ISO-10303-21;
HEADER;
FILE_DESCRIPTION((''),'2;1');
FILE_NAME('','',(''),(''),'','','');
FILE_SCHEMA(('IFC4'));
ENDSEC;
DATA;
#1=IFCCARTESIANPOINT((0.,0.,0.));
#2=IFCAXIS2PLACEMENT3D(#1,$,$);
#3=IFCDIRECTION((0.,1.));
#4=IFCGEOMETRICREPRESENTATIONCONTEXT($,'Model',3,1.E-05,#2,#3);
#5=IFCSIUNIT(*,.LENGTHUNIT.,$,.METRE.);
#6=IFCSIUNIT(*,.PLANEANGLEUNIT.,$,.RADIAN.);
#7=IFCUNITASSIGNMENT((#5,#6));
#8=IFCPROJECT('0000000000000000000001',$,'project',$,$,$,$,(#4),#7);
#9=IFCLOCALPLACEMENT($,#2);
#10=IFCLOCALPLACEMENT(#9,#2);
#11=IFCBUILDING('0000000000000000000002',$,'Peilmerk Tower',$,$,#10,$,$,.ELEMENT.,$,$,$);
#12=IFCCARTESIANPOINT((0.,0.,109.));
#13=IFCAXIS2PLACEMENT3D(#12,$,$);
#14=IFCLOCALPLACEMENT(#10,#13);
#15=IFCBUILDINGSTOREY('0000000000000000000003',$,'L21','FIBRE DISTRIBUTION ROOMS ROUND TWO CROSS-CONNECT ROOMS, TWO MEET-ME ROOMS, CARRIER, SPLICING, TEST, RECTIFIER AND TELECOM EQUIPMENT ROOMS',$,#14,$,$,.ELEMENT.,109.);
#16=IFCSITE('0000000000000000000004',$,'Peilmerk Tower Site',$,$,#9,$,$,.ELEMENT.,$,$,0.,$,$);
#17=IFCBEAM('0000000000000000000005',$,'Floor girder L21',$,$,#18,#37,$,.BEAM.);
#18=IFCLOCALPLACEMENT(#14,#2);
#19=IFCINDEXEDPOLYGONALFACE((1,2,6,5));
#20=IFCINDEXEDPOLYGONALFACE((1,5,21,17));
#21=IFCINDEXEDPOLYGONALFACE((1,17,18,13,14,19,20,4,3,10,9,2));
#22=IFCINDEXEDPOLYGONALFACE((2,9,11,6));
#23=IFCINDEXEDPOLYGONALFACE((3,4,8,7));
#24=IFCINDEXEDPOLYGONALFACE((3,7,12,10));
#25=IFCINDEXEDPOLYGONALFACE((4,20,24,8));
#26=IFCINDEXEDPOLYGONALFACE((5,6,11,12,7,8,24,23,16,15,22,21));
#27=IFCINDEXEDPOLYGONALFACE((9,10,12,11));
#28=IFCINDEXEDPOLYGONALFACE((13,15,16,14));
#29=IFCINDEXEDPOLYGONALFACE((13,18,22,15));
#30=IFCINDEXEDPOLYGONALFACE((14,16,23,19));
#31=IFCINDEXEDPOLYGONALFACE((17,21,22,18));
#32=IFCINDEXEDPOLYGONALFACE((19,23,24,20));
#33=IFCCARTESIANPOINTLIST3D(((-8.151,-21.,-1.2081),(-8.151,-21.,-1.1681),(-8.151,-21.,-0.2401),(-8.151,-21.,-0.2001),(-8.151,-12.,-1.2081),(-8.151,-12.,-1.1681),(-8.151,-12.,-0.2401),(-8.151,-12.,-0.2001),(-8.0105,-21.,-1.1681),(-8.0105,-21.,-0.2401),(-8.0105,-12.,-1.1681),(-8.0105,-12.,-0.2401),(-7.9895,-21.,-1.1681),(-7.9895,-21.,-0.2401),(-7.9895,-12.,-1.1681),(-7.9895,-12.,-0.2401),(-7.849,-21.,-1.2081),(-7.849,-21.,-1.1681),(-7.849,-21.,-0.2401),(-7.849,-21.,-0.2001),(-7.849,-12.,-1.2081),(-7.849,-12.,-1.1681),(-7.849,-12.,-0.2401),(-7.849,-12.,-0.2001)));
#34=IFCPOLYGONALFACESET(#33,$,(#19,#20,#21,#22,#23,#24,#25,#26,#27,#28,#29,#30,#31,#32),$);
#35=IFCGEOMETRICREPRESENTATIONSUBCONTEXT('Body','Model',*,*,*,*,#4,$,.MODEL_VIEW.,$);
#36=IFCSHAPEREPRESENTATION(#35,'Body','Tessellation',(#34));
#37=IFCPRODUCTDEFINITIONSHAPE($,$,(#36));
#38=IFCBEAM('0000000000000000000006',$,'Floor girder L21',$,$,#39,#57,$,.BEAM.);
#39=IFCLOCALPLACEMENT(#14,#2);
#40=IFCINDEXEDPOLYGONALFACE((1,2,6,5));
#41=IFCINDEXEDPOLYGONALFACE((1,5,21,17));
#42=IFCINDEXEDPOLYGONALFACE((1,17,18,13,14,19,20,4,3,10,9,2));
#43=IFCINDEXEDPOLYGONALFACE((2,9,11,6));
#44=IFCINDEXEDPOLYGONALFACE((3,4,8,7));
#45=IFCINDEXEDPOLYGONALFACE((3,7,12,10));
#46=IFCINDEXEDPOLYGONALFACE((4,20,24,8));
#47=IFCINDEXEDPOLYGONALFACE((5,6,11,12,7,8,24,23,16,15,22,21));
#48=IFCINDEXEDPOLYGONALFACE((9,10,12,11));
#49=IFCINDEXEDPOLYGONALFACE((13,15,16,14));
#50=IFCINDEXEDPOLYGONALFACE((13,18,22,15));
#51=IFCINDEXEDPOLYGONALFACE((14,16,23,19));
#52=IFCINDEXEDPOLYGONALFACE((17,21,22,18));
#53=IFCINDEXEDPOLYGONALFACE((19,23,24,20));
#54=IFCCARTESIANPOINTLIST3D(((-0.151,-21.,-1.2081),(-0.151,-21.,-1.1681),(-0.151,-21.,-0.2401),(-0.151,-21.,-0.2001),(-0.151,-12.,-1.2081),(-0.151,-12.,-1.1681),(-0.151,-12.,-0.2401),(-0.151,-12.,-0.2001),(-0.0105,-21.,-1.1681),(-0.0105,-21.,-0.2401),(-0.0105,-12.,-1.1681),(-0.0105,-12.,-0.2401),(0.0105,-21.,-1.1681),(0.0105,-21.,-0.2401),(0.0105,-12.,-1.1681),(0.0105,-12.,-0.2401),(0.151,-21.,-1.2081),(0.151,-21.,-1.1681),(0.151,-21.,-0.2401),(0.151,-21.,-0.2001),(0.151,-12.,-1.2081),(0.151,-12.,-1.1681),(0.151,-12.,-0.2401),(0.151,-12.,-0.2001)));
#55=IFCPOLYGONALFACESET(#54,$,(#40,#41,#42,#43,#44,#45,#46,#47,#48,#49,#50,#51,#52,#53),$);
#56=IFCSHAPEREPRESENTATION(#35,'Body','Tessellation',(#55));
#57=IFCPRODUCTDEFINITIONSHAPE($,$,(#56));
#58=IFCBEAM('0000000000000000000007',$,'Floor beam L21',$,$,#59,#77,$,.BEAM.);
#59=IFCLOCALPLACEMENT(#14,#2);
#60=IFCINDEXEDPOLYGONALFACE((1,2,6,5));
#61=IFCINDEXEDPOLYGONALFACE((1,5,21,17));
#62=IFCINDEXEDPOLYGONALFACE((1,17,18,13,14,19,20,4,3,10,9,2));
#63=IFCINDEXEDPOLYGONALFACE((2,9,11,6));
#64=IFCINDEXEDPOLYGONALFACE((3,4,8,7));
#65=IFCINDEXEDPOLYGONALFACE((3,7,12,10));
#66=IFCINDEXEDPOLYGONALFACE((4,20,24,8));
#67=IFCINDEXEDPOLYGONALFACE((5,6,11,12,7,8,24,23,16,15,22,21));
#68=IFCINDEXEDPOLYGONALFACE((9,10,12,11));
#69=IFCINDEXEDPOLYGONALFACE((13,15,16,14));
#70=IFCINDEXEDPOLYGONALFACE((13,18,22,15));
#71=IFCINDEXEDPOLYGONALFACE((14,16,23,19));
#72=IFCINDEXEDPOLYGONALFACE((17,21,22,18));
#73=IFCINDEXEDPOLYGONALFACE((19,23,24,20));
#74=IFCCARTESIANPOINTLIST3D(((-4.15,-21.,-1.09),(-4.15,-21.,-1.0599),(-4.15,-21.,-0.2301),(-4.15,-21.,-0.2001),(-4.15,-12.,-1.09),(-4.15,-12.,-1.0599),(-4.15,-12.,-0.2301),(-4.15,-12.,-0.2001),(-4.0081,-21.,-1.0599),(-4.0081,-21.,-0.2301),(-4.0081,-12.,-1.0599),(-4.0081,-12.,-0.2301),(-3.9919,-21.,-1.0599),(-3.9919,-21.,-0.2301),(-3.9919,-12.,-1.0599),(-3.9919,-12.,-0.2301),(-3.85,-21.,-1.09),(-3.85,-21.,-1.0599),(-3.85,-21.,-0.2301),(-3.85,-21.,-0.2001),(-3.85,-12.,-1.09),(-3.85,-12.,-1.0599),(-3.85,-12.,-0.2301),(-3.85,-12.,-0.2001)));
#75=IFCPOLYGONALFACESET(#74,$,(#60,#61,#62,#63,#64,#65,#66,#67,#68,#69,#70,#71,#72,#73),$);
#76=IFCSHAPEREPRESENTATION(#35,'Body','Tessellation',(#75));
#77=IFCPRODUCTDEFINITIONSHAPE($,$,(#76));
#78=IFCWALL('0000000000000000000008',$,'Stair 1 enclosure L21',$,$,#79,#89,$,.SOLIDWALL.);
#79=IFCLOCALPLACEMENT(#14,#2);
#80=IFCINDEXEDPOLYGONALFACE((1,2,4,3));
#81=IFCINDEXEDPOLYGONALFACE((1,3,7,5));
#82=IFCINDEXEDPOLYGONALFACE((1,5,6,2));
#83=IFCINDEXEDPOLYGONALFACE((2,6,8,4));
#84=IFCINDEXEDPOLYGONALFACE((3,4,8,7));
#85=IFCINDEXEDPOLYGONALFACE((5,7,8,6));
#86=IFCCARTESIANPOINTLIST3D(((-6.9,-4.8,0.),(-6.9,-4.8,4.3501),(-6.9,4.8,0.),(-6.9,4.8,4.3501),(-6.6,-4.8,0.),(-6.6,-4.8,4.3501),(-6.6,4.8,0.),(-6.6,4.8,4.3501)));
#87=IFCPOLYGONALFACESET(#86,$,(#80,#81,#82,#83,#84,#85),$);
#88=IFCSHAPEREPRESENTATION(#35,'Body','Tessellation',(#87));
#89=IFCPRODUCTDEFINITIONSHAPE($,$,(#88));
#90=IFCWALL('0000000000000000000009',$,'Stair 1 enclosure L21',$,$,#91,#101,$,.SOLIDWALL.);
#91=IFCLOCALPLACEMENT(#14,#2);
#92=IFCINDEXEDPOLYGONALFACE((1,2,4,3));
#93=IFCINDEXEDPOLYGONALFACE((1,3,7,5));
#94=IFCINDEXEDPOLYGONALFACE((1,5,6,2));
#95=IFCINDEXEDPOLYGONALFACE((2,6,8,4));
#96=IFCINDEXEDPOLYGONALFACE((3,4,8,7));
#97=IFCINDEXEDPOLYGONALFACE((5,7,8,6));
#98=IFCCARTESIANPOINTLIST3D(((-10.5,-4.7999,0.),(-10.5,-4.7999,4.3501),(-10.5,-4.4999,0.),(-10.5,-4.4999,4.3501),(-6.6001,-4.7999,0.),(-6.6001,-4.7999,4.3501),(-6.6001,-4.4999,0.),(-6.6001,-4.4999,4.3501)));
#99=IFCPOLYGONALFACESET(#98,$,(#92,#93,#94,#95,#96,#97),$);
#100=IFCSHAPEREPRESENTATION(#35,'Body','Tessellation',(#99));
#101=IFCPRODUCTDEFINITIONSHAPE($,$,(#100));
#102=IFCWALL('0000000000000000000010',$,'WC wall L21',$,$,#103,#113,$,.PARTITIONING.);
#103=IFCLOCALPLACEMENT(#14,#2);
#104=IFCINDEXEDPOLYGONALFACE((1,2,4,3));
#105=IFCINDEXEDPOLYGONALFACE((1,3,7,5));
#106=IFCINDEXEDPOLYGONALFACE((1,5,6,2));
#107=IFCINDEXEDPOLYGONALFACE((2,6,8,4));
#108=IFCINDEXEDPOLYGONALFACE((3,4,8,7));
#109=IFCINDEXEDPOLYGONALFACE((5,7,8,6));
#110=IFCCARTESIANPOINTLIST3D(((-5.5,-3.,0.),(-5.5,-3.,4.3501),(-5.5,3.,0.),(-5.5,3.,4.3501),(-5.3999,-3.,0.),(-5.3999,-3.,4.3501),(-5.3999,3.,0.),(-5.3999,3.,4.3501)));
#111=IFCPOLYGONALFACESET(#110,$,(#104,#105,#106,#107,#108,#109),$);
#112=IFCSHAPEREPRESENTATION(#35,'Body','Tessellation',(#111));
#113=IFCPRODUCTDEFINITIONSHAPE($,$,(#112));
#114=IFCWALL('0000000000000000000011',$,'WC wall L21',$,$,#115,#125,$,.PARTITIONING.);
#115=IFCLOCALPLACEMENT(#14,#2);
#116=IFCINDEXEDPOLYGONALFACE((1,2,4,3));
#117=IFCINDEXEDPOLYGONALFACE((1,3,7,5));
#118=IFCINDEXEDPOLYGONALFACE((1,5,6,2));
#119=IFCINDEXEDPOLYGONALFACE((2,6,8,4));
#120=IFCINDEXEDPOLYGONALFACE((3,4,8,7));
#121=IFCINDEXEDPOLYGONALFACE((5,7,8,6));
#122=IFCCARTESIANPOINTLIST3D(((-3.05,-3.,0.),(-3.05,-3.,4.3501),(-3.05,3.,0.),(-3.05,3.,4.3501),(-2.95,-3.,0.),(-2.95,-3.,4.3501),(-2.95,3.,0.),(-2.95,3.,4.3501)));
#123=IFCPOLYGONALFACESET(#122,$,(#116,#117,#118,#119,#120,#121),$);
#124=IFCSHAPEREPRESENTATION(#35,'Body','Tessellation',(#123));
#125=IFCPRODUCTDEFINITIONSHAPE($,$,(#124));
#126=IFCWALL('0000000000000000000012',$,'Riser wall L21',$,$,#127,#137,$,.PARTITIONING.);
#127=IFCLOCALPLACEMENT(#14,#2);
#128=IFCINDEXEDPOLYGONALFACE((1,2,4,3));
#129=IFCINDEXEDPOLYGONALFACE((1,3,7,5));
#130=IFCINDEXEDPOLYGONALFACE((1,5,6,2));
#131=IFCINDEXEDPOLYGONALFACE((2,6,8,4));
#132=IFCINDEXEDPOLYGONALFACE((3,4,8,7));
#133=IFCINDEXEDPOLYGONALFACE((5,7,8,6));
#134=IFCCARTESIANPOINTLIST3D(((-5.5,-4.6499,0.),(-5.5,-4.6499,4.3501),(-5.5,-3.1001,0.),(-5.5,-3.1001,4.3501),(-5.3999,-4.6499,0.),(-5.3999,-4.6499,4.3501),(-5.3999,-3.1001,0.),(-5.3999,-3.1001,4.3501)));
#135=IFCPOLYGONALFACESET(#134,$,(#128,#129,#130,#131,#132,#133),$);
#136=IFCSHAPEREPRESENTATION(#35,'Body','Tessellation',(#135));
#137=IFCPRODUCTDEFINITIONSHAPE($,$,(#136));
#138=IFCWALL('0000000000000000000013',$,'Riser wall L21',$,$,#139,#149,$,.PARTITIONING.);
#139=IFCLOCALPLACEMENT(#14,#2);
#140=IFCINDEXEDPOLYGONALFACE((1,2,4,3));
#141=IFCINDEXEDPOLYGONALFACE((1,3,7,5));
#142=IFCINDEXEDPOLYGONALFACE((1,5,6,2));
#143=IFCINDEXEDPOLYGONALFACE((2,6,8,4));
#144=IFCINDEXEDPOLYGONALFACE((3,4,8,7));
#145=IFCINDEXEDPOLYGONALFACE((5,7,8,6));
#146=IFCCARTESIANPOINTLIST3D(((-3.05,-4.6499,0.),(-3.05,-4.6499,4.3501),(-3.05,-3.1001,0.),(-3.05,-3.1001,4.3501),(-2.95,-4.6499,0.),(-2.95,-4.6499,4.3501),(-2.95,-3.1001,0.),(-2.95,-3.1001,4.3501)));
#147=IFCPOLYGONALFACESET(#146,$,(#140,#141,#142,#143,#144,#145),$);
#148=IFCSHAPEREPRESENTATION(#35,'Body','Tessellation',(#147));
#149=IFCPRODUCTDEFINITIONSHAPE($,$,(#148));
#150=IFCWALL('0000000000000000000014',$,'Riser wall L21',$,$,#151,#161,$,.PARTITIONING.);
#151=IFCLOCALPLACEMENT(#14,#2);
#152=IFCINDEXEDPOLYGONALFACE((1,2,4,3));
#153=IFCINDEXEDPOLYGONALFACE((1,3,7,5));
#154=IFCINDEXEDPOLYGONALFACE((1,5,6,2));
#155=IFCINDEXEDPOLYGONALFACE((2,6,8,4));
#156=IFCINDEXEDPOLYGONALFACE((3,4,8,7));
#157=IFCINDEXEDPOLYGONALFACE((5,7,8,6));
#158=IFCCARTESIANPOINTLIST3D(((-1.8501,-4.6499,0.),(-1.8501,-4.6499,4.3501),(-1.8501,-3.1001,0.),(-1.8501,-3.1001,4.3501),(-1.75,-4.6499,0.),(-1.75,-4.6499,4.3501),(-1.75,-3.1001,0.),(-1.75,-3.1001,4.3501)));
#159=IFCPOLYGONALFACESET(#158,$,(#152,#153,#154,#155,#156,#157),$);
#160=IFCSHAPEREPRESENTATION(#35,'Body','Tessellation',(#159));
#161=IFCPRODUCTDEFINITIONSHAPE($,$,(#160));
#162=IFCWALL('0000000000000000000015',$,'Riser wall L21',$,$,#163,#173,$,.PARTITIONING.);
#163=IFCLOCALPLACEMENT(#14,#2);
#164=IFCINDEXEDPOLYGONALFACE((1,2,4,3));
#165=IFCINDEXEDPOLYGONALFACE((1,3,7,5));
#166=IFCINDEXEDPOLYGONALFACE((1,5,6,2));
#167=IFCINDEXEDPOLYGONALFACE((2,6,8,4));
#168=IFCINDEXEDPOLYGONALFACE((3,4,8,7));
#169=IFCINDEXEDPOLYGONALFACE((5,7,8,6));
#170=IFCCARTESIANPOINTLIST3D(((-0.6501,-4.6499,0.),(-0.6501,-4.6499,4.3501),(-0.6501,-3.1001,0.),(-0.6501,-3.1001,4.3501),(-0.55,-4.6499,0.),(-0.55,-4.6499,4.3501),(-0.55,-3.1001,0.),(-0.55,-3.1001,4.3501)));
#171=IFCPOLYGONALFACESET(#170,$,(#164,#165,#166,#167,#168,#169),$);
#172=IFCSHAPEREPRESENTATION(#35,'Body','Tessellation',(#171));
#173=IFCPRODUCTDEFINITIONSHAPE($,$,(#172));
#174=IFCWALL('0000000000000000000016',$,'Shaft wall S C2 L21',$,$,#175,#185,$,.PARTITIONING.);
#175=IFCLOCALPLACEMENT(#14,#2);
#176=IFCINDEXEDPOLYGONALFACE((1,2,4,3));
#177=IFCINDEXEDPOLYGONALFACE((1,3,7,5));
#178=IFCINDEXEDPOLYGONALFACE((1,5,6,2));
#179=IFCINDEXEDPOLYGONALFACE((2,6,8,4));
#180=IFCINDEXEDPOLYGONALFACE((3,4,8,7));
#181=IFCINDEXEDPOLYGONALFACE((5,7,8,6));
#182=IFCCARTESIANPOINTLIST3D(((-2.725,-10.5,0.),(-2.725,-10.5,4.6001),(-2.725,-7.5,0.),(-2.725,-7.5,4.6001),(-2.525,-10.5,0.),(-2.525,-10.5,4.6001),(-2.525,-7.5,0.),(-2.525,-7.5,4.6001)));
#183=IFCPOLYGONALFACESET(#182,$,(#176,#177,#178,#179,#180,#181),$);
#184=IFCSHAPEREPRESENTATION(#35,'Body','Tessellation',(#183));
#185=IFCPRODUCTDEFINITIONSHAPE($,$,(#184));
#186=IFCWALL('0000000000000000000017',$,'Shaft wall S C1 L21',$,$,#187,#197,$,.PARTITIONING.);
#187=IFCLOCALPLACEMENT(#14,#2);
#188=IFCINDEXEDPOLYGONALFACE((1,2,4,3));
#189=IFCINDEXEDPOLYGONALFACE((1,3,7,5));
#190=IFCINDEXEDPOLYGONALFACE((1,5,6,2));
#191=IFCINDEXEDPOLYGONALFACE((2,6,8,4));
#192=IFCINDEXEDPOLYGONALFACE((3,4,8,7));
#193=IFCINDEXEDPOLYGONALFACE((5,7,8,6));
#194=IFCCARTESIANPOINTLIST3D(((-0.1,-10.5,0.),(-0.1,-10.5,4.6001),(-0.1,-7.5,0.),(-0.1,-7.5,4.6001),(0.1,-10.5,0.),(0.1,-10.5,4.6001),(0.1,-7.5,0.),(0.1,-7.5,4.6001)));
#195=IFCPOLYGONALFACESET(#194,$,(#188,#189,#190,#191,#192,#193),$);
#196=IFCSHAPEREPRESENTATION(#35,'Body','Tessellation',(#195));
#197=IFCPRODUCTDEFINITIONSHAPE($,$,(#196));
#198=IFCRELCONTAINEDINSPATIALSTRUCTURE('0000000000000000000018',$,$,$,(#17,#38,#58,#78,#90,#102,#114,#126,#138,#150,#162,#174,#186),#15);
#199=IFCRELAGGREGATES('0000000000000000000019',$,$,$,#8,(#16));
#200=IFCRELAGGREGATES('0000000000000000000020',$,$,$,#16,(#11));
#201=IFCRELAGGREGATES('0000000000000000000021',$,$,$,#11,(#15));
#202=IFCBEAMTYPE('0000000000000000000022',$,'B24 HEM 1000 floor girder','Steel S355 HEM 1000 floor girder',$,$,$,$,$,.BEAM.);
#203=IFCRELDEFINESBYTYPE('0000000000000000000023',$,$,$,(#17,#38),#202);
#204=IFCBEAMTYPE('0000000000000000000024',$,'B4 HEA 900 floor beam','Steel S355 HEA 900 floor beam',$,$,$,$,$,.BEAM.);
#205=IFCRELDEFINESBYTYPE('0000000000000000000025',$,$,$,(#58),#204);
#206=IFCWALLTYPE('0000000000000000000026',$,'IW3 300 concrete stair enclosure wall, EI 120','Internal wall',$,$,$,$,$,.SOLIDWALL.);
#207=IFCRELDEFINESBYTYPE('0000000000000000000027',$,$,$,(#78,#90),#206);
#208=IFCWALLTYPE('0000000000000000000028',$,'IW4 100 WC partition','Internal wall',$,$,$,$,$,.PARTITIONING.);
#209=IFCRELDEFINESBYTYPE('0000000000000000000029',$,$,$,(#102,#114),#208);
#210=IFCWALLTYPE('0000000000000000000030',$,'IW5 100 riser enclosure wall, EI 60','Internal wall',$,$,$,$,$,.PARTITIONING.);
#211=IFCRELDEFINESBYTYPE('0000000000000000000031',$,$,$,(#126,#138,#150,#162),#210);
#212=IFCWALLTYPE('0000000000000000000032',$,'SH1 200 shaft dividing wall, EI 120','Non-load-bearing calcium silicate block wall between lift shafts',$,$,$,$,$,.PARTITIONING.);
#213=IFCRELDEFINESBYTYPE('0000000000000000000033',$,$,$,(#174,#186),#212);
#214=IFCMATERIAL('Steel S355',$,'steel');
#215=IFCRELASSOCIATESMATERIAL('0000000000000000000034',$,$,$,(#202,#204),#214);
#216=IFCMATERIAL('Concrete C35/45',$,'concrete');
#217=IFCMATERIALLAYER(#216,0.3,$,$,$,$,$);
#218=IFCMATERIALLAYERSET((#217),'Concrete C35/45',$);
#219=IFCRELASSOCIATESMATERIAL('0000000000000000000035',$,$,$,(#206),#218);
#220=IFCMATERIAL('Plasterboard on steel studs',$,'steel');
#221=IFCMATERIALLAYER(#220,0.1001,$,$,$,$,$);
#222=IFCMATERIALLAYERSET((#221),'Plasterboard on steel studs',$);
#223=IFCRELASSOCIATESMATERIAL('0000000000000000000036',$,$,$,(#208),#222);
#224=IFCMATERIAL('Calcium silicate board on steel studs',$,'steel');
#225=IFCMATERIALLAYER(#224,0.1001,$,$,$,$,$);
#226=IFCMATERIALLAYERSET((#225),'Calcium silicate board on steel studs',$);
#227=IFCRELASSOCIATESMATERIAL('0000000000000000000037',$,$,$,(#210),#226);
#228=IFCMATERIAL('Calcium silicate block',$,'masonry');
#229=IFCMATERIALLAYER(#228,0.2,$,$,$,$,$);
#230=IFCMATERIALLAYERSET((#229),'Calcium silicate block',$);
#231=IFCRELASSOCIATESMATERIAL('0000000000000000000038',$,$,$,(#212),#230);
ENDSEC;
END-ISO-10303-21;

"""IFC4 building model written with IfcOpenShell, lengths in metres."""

from ifc_helpers import new_model, si_unit, direction, frame, frame_2d, origin, origin_2d, place, context, subcontext, project, spatial, rectangle, i_section, extrude, material, layer, layer_set, material_profile, profile_set, type_object, element, save


model = new_model("IFC4")

# Units and contexts
model_context = context("Model", 3, precision=1e-05, world=origin(), true_north=direction((0.0, 1.0)))
body_context = subcontext(model_context, "Body", "Model", "MODEL_VIEW")
ifc_project = project(units=[si_unit("LENGTHUNIT", "METRE"), si_unit("PLANEANGLEUNIT", "RADIAN")], contexts=[model_context])

# Site, building, storey
site_placement = place(None, origin())
site = spatial("IfcSite", under=ifc_project, at=site_placement, Name="Peilmerk Tower Site", CompositionType="ELEMENT", RefElevation=0.0)
building_placement = place(site_placement, origin())
building = spatial("IfcBuilding", under=site, at=building_placement, Name="Peilmerk Tower", CompositionType="ELEMENT")
storey_placement = place(building_placement, frame((0.0, 0.0, 109.0)))
storey = spatial("IfcBuildingStorey", under=building, at=storey_placement, Name="L21", Description="FIBRE DISTRIBUTION ROOMS ROUND TWO CROSS-CONNECT ROOMS, TWO MEET-ME ROOMS, CARRIER, SPLICING, TEST, RECTIFIER AND TELECOM EQUIPMENT ROOMS", CompositionType="ELEMENT", Elevation=109.0)

# Beams
ifc_material_1 = material(Name="Steel S355", Category="steel")
ifc_material_profile_1 = material_profile(ifc_material_1, i_section(OverallWidth=0.302, OverallDepth=1.0081, WebThickness=0.021, FlangeThickness=0.04, at=origin_2d()), Name="HEM 1000")
ifc_profile_set_1 = profile_set([ifc_material_profile_1], Name="Steel S355")
beam_type_1 = type_object("IfcBeamType", Name="B24 HEM 1000 floor girder", Description="Steel S355 HEM 1000 floor girder", PredefinedType="BEAM", material=ifc_profile_set_1)
for number, where, z_axis, x_axis, name in (
    (1, (-8.0, -12.0, -0.7041), (0.0, -1.0, 0.0), (1.0, 0.0, 0.0), "Floor girder L21"),
    (2, (0.0, -12.0, -0.7041), (0.0, -1.0, 0.0), (1.0, 0.0, 0.0), "Floor girder L21"),
):
    element("IfcBeam", number, at=place(storey_placement, frame(where, z_axis=z_axis, x_axis=x_axis)), inside=storey, type_object=beam_type_1, Name=name, PredefinedType="BEAM", context=body_context, shape_type="SweptSolid", body=[
        extrude(i_section(OverallWidth=0.302, OverallDepth=1.0081, WebThickness=0.021, FlangeThickness=0.04, at=origin_2d()), origin(), (0.0, 0.0, 1.0), 9.0),
    ])
ifc_material_profile_2 = material_profile(ifc_material_1, i_section(OverallWidth=0.3, OverallDepth=0.8899, WebThickness=0.0161, FlangeThickness=0.03, at=origin_2d()), Name="HEA 900")
ifc_profile_set_2 = profile_set([ifc_material_profile_2], Name="Steel S355")
beam_type_2 = type_object("IfcBeamType", Name="B4 HEA 900 floor beam", Description="Steel S355 HEA 900 floor beam", PredefinedType="BEAM", material=ifc_profile_set_2)
beam_placement = place(storey_placement, frame((-4.0, -12.0, -0.645), z_axis=(0.0, -1.0, 0.0), x_axis=(1.0, 0.0, 0.0)))
element("IfcBeam", 3, at=beam_placement, inside=storey, type_object=beam_type_2, Name="Floor beam L21", PredefinedType="BEAM", context=body_context, shape_type="SweptSolid", body=[
    extrude(i_section(OverallWidth=0.3, OverallDepth=0.8899, WebThickness=0.0161, FlangeThickness=0.03, at=origin_2d()), origin(), (0.0, 0.0, 1.0), 9.0),
])

# Walls
ifc_material_2 = material(Name="Concrete C35/45", Category="concrete")
ifc_layer_1 = layer(ifc_material_2, 0.3)
ifc_layer_set_1 = layer_set([ifc_layer_1], Name="Concrete C35/45")
wall_type_1 = type_object("IfcWallType", Name="IW3 300 concrete stair enclosure wall, EI 120", Description="Internal wall", PredefinedType="SOLIDWALL", material=ifc_layer_set_1)
wall_1_placement = place(storey_placement, frame((-6.75, -4.8, 0.0), z_axis=(0.0, 0.0, 1.0), x_axis=(0.0, 1.0, 0.0)))
element("IfcWall", 4, at=wall_1_placement, inside=storey, type_object=wall_type_1, Name="Stair 1 enclosure L21", PredefinedType="SOLIDWALL", context=body_context, shape_type="SweptSolid", body=[
    extrude(rectangle(XDim=9.6001, YDim=0.3, at=frame_2d((4.8, 0.0))), origin(), (0.0, 0.0, 1.0), 4.3501),
])
wall_2_placement = place(storey_placement, frame((-6.6001, -4.6499, 0.0), z_axis=(0.0, 0.0, 1.0), x_axis=(-1.0, 0.0, 0.0)))
element("IfcWall", 5, at=wall_2_placement, inside=storey, type_object=wall_type_1, Name="Stair 1 enclosure L21", PredefinedType="SOLIDWALL", context=body_context, shape_type="SweptSolid", body=[
    extrude(rectangle(XDim=3.8999, YDim=0.3, at=frame_2d((1.95, 0.0))), origin(), (0.0, 0.0, 1.0), 4.3501),
])
ifc_material_3 = material(Name="Plasterboard on steel studs", Category="steel")
ifc_layer_2 = layer(ifc_material_3, 0.1001)
ifc_layer_set_2 = layer_set([ifc_layer_2], Name="Plasterboard on steel studs")
wall_type_2 = type_object("IfcWallType", Name="IW4 100 WC partition", Description="Internal wall", PredefinedType="PARTITIONING", material=ifc_layer_set_2)
for number, where, z_axis, x_axis, name in (
    (6, (-5.45, -3.0, 0.0), (0.0, 0.0, 1.0), (0.0, 1.0, 0.0), "WC wall L21"),
    (7, (-3.0, -3.0, 0.0), (0.0, 0.0, 1.0), (0.0, 1.0, 0.0), "WC wall L21"),
):
    element("IfcWall", number, at=place(storey_placement, frame(where, z_axis=z_axis, x_axis=x_axis)), inside=storey, type_object=wall_type_2, Name=name, PredefinedType="PARTITIONING", context=body_context, shape_type="SweptSolid", body=[
        extrude(rectangle(XDim=6.0, YDim=0.1001, at=frame_2d((3.0, 0.0))), origin(), (0.0, 0.0, 1.0), 4.3501),
    ])
ifc_material_4 = material(Name="Calcium silicate board on steel studs", Category="steel")
ifc_layer_3 = layer(ifc_material_4, 0.1001)
ifc_layer_set_3 = layer_set([ifc_layer_3], Name="Calcium silicate board on steel studs")
wall_type_3 = type_object("IfcWallType", Name="IW5 100 riser enclosure wall, EI 60", Description="Internal wall", PredefinedType="PARTITIONING", material=ifc_layer_set_3)
for number, where, z_axis, x_axis, name in (
    (8, (-5.45, -3.1001, 0.0), (0.0, 0.0, 1.0), (0.0, -1.0, 0.0), "Riser wall L21"),
    (9, (-3.0, -3.1001, 0.0), (0.0, 0.0, 1.0), (0.0, -1.0, 0.0), "Riser wall L21"),
    (10, (-1.8, -3.1001, 0.0), (0.0, 0.0, 1.0), (0.0, -1.0, 0.0), "Riser wall L21"),
    (11, (-0.6001, -3.1001, 0.0), (0.0, 0.0, 1.0), (0.0, -1.0, 0.0), "Riser wall L21"),
):
    element("IfcWall", number, at=place(storey_placement, frame(where, z_axis=z_axis, x_axis=x_axis)), inside=storey, type_object=wall_type_3, Name=name, PredefinedType="PARTITIONING", context=body_context, shape_type="SweptSolid", body=[
        extrude(rectangle(XDim=1.5498, YDim=0.1001, at=frame_2d((0.7749, 0.0))), origin(), (0.0, 0.0, 1.0), 4.3501),
    ])
ifc_material_5 = material(Name="Calcium silicate block", Category="masonry")
ifc_layer_4 = layer(ifc_material_5, 0.2)
ifc_layer_set_4 = layer_set([ifc_layer_4], Name="Calcium silicate block")
wall_type_4 = type_object("IfcWallType", Name="SH1 200 shaft dividing wall, EI 120", Description="Non-load-bearing calcium silicate block wall between lift shafts", PredefinedType="PARTITIONING", material=ifc_layer_set_4)
for number, where, z_axis, x_axis, name in (
    (12, (-2.625, -10.5, 0.0), (0.0, 0.0, 1.0), (0.0, 1.0, 0.0), "Shaft wall S C2 L21"),
    (13, (0.0, -10.5, 0.0), (0.0, 0.0, 1.0), (0.0, 1.0, 0.0), "Shaft wall S C1 L21"),
):
    element("IfcWall", number, at=place(storey_placement, frame(where, z_axis=z_axis, x_axis=x_axis)), inside=storey, type_object=wall_type_4, Name=name, PredefinedType="PARTITIONING", context=body_context, shape_type="SweptSolid", body=[
        extrude(rectangle(XDim=3.0, YDim=0.2, at=frame_2d((1.5, 0.0))), origin(), (0.0, 0.0, 1.0), 4.6001),
    ])

save(model, "model.ifc")
